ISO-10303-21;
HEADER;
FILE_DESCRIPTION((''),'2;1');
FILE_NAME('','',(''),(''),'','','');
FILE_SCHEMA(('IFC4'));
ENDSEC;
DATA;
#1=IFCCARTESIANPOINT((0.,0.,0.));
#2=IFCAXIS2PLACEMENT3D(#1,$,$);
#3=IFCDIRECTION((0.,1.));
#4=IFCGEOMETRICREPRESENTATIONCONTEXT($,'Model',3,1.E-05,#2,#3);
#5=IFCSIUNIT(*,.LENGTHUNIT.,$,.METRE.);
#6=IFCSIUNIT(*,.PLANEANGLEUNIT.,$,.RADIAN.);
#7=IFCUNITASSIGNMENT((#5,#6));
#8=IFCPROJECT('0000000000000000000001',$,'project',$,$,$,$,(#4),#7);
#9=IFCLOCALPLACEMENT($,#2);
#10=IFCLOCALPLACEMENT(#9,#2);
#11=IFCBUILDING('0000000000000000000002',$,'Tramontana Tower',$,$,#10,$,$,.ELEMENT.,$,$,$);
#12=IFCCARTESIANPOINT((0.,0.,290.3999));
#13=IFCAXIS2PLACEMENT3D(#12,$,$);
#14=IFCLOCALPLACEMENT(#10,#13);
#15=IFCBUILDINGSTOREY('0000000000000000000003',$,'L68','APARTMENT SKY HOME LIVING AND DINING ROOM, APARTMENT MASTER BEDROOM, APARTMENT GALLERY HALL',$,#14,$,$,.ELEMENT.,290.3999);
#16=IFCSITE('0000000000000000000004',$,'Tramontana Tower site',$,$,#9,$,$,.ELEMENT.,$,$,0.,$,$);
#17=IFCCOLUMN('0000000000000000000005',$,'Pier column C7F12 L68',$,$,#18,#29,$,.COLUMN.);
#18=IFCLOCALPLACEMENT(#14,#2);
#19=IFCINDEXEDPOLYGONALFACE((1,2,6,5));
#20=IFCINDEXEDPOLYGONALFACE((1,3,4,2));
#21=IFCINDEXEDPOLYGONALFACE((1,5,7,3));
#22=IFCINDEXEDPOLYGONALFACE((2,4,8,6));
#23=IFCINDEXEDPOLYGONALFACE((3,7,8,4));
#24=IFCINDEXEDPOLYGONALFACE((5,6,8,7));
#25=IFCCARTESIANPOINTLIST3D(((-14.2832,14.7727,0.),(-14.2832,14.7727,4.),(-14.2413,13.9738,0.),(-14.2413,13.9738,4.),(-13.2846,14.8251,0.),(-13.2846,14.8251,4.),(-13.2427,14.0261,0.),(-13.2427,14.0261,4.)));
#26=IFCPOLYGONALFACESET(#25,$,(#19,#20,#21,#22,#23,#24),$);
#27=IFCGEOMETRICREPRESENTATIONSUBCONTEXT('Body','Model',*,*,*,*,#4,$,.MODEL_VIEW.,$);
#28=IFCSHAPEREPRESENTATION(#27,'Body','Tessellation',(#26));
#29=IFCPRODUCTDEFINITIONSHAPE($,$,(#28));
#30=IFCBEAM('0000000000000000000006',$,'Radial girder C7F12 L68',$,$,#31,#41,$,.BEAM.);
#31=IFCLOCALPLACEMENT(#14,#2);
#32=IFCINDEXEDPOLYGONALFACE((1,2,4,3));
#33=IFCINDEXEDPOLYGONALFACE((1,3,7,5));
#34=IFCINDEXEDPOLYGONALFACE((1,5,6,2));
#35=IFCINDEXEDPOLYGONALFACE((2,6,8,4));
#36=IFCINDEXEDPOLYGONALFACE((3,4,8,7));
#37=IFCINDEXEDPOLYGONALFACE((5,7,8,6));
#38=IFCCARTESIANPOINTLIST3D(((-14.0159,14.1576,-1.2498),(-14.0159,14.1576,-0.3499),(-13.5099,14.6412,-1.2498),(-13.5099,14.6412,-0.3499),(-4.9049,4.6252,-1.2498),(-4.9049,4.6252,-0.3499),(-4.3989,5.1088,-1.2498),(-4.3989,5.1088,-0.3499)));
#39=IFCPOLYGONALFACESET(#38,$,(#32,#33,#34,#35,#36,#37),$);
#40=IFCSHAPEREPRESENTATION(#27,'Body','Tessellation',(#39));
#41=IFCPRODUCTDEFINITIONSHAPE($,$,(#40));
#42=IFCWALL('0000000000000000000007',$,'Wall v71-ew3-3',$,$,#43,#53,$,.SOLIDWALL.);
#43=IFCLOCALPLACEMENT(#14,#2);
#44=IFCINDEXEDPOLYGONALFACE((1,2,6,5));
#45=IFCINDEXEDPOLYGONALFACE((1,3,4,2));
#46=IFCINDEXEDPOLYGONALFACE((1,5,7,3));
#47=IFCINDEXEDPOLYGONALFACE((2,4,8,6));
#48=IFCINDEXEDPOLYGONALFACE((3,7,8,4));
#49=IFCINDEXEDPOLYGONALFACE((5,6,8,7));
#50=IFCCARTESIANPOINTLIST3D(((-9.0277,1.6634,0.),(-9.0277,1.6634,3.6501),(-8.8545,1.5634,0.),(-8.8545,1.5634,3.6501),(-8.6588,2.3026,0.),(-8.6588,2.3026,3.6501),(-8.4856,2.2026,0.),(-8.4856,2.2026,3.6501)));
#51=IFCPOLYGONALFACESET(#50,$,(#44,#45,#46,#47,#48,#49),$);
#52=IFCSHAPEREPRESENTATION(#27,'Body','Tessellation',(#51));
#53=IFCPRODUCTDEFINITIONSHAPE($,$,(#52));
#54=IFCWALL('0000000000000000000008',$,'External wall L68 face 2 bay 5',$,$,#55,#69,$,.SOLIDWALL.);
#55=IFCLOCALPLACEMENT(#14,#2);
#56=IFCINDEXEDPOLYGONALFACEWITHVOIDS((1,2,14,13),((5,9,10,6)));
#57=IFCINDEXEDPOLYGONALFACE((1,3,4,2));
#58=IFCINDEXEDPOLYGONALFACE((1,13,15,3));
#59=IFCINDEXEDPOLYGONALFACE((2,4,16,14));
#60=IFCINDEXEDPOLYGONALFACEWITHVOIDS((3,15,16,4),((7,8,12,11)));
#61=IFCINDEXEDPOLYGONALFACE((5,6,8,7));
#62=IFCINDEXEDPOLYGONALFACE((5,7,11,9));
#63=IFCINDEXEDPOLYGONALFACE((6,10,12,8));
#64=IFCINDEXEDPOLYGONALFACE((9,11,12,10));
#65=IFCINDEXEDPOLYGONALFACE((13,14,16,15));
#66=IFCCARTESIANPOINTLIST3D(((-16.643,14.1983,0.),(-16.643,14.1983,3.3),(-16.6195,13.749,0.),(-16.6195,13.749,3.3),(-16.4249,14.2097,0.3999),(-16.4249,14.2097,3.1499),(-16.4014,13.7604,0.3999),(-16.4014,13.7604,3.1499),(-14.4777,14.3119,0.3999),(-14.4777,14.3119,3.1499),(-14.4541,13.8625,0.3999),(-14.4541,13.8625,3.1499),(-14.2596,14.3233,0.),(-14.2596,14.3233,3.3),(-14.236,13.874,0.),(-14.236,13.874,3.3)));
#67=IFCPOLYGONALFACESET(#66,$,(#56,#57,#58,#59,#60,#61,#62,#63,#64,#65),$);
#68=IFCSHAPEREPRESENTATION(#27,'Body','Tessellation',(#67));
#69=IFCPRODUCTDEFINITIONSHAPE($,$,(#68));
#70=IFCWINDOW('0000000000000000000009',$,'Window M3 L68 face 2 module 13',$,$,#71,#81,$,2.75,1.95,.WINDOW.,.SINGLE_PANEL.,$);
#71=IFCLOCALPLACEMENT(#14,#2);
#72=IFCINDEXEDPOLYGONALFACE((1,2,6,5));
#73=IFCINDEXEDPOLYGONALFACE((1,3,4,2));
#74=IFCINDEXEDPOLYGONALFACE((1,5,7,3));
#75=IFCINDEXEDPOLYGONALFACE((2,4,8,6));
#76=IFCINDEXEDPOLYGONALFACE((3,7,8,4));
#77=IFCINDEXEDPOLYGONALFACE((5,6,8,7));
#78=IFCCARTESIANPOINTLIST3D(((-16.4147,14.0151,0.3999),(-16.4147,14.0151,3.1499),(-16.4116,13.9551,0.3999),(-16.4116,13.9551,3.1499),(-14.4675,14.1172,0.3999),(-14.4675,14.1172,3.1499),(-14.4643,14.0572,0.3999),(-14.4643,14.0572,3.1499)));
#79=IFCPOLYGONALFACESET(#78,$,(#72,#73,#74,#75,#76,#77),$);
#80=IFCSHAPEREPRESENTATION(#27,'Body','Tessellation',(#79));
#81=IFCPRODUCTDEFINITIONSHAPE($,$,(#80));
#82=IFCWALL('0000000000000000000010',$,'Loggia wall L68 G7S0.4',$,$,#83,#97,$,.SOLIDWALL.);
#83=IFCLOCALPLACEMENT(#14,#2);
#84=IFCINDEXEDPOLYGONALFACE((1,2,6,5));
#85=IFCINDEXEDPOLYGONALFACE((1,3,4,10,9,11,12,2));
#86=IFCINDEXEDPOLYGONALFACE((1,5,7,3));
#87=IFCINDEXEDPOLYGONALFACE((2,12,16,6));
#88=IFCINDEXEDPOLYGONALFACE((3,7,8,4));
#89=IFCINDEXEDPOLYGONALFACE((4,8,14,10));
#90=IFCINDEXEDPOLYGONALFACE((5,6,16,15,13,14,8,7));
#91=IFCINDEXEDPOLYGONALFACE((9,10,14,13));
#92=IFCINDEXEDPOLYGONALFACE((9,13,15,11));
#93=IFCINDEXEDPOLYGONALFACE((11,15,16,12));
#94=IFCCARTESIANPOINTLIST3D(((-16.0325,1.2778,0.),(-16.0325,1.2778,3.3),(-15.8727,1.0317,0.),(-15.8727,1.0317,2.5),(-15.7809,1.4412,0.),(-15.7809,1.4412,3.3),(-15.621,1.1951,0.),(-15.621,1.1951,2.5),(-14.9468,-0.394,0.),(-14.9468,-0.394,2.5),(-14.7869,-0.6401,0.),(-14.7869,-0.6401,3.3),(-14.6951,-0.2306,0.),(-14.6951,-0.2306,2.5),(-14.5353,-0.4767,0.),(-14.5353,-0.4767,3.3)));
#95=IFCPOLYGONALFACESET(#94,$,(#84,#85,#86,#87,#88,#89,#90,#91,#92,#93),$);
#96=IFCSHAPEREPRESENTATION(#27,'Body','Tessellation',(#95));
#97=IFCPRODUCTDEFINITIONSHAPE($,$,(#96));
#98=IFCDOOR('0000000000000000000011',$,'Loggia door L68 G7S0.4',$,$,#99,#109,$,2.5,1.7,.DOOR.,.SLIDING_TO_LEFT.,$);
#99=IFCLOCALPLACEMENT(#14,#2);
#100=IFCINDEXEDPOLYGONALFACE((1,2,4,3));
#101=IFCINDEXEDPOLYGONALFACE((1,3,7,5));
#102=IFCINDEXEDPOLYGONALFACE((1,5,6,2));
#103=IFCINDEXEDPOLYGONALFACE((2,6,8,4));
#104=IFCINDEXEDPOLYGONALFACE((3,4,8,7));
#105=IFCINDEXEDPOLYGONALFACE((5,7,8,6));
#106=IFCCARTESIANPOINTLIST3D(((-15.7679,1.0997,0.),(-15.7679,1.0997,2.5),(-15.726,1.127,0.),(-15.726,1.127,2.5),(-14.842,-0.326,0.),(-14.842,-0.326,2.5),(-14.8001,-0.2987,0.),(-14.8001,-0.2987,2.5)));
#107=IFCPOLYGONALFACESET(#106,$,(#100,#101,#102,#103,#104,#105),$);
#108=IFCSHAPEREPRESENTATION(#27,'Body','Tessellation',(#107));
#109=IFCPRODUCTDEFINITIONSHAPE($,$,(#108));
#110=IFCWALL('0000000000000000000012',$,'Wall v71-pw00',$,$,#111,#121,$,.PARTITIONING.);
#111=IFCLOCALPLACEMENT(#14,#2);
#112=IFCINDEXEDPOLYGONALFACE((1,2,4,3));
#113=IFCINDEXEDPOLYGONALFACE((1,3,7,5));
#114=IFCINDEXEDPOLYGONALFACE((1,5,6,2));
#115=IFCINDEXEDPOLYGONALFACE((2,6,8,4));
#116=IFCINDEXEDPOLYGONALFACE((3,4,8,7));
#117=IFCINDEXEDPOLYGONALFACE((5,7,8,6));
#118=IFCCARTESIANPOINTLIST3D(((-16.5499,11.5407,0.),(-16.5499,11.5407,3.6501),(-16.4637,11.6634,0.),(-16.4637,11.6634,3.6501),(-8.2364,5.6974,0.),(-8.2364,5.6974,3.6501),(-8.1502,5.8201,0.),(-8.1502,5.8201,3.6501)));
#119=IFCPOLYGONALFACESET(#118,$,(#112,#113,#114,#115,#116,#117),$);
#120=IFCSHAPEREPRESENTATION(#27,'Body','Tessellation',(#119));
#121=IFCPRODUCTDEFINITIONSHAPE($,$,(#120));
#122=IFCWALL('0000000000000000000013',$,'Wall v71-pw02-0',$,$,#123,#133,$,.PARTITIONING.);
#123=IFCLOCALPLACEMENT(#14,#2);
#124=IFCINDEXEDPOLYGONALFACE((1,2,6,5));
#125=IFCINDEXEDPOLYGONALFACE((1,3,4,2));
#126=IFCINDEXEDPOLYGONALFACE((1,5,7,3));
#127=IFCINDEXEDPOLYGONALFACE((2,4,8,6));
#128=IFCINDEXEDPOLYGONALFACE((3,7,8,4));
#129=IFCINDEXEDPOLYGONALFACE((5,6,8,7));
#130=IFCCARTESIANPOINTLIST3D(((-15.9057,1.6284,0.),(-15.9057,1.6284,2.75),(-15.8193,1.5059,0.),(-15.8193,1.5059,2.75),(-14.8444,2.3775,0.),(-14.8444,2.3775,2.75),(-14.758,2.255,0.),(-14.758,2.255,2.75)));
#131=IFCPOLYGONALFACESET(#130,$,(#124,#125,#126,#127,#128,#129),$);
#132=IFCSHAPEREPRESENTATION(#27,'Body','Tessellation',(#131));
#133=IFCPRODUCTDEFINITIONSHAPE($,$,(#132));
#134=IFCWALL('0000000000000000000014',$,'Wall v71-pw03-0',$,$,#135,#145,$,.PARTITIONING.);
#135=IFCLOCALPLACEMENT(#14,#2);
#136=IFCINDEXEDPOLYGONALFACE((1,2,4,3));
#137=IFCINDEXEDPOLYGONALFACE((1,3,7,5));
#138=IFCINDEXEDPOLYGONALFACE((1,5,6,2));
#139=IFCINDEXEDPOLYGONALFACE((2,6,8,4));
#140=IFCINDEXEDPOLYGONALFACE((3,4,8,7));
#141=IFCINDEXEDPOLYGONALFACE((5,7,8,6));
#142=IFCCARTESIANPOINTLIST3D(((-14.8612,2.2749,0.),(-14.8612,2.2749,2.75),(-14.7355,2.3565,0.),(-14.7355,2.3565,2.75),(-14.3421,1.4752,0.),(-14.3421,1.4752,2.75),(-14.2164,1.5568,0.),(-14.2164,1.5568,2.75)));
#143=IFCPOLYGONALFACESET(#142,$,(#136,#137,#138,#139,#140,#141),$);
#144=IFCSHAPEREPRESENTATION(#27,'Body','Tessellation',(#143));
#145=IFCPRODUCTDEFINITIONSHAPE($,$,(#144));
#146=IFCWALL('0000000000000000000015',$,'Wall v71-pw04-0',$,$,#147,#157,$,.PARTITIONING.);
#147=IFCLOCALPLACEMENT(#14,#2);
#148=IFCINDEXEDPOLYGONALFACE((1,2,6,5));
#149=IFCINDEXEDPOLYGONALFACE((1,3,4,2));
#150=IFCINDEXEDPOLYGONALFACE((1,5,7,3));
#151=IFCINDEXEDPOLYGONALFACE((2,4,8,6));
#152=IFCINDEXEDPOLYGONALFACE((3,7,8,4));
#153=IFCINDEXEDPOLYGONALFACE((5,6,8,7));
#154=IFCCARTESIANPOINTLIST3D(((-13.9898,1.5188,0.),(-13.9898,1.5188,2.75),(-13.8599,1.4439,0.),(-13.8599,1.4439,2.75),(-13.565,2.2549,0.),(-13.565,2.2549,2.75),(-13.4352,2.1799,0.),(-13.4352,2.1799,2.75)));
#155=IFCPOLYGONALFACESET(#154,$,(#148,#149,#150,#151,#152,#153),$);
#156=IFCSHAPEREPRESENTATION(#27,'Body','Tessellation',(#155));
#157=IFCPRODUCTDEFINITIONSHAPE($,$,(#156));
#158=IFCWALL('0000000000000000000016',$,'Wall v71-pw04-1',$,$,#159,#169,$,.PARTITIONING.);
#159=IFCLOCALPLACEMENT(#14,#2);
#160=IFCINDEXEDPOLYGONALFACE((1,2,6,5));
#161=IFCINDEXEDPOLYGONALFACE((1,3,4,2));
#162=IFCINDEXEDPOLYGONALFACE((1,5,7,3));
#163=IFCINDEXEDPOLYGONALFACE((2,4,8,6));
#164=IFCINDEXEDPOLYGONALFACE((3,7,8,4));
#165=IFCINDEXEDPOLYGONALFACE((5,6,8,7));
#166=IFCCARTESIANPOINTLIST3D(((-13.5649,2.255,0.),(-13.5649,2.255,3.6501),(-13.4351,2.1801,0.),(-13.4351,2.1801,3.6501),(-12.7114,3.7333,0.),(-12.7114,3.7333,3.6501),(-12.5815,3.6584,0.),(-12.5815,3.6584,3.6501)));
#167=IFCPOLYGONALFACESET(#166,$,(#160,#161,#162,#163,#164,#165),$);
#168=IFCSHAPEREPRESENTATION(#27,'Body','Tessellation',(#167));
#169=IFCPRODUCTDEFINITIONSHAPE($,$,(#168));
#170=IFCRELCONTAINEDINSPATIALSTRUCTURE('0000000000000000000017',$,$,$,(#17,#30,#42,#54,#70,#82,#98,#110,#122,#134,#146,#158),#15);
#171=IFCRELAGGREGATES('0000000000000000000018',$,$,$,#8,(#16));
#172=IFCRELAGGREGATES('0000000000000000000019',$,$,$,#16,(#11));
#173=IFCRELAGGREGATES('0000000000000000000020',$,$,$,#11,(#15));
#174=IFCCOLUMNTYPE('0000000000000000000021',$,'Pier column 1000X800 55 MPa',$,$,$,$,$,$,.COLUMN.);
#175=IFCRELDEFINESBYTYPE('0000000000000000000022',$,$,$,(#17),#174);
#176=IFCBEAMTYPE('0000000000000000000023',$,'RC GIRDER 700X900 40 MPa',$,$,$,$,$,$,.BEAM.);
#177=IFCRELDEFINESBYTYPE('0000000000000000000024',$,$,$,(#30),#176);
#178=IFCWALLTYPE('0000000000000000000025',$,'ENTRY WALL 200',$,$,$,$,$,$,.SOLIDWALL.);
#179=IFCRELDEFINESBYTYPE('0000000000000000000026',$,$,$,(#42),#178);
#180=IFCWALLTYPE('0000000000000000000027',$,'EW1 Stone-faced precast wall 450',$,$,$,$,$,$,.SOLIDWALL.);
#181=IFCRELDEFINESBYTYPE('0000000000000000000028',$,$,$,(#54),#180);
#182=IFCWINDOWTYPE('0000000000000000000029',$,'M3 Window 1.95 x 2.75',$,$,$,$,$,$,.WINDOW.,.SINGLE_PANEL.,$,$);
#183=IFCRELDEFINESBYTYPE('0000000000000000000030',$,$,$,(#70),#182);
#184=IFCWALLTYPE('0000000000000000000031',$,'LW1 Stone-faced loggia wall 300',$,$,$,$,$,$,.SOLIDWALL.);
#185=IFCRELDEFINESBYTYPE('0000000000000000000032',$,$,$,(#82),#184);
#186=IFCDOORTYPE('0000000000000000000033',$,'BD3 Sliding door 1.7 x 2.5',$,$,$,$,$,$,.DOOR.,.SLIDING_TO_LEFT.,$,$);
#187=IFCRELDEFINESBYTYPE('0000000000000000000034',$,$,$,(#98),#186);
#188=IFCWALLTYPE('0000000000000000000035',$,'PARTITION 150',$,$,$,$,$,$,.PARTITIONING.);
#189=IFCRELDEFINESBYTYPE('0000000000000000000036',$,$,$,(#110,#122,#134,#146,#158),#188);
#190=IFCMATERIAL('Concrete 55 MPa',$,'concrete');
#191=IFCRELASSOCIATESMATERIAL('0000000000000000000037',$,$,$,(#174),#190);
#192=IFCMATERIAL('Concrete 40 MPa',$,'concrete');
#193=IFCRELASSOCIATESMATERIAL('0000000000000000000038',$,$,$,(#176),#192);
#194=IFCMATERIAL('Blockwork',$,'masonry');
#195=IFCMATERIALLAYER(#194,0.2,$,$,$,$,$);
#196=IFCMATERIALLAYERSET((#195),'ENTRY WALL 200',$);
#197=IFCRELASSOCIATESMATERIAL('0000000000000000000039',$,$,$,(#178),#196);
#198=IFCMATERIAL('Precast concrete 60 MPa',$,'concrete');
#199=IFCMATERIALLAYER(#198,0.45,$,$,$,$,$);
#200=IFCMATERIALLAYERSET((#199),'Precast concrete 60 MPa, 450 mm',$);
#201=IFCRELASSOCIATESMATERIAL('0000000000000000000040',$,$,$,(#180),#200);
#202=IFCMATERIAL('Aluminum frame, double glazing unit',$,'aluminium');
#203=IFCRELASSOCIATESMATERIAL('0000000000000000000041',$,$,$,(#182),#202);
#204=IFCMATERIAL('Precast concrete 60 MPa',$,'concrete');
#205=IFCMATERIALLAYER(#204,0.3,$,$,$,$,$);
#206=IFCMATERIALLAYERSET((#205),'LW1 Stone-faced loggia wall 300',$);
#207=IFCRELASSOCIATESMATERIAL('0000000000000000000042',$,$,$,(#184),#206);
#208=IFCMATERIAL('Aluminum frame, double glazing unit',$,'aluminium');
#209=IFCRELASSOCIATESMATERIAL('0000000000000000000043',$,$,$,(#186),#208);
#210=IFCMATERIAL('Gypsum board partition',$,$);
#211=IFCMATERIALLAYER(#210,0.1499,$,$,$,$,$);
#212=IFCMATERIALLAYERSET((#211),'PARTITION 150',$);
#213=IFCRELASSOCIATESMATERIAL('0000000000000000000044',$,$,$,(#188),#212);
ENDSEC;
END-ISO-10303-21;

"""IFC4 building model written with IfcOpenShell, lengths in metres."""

from ifc_helpers import new_model, si_unit, direction, frame, frame_2d, origin, origin_2d, place, context, subcontext, project, spatial, rectangle, extrude, material, layer, layer_set, material_profile, profile_set, type_object, element, fill, save


model = new_model("IFC4")

# Units and contexts
model_context = context("Model", 3, precision=1e-05, world=origin(), true_north=direction((0.0, 1.0)))
body_context = subcontext(model_context, "Body", "Model", "MODEL_VIEW")
ifc_project = project(units=[si_unit("LENGTHUNIT", "METRE"), si_unit("PLANEANGLEUNIT", "RADIAN")], contexts=[model_context])

# Site, building, storey
site_placement = place(None, origin())
site = spatial("IfcSite", under=ifc_project, at=site_placement, Name="Tramontana Tower site", CompositionType="ELEMENT", RefElevation=0.0)
building_placement = place(site_placement, origin())
building = spatial("IfcBuilding", under=site, at=building_placement, Name="Tramontana Tower", CompositionType="ELEMENT")
storey_placement = place(building_placement, frame((0.0, 0.0, 290.3999)))
storey = spatial("IfcBuildingStorey", under=building, at=storey_placement, Name="L68", Description="APARTMENT SKY HOME LIVING AND DINING ROOM, APARTMENT MASTER BEDROOM, APARTMENT GALLERY HALL", CompositionType="ELEMENT", Elevation=290.3999)

# Column
ifc_material_1 = material(Name="Concrete 55 MPa", Category="concrete")
ifc_material_profile_1 = material_profile(ifc_material_1, rectangle(XDim=1.0, YDim=0.8, at=origin_2d()), Name="Pier column 1000X800 55 MPa")
ifc_profile_set_1 = profile_set([ifc_material_profile_1], Name="Concrete 55 MPa")
column_type = type_object("IfcColumnType", Name="Pier column 1000X800 55 MPa", PredefinedType="COLUMN", material=ifc_profile_set_1)
column_placement = place(storey_placement, frame((-13.7629, 14.3994, 0.0), z_axis=(0.0, 0.0, 1.0), x_axis=(-0.99863, -0.052336, 0.0)))
element("IfcColumn", 1, at=column_placement, inside=storey, type_object=column_type, Name="Pier column C7F12 L68", PredefinedType="COLUMN", context=body_context, shape_type="SweptSolid", body=[
    extrude(rectangle(XDim=1.0, YDim=0.8, at=origin_2d()), origin(), (0.0, 0.0, 1.0), 4.0),
])

# Beam
ifc_material_2 = material(Name="Concrete 40 MPa", Category="concrete")
ifc_material_profile_2 = material_profile(ifc_material_2, rectangle(XDim=0.7, YDim=0.8999, at=origin_2d()), Name="RC GIRDER 700X900 40 MPa")
ifc_profile_set_2 = profile_set([ifc_material_profile_2], Name="Concrete 40 MPa")
beam_type = type_object("IfcBeamType", Name="RC GIRDER 700X900 40 MPa", PredefinedType="BEAM", material=ifc_profile_set_2)
beam_placement = place(storey_placement, frame((-13.7629, 14.3994, -0.7998), z_axis=(0.690948, -0.722904, 0.0), x_axis=(0.722904, 0.690948, 0.0)))
element("IfcBeam", 2, at=beam_placement, inside=storey, type_object=beam_type, Name="Radial girder C7F12 L68", PredefinedType="BEAM", context=body_context, shape_type="SweptSolid", body=[
    extrude(rectangle(XDim=0.7, YDim=0.8999, at=origin_2d()), origin(), (0.0, 0.0, 1.0), 13.1863),
])

# Wall
ifc_material_3 = material(Name="Blockwork", Category="masonry")
ifc_layer_1 = layer(ifc_material_3, 0.2)
ifc_layer_set_1 = layer_set([ifc_layer_1], Name="ENTRY WALL 200")
wall_type_1 = type_object("IfcWallType", Name="ENTRY WALL 200", PredefinedType="SOLIDWALL", material=ifc_layer_set_1)
wall_1_placement = place(storey_placement, frame((-8.9412, 1.6133, 0.0), z_axis=(0.0, 0.0, 1.0), x_axis=(0.499875, 0.866097, 0.0)))
element("IfcWall", 3, at=wall_1_placement, inside=storey, type_object=wall_type_1, Name="Wall v71-ew3-3", PredefinedType="SOLIDWALL", context=body_context, shape_type="SweptSolid", body=[
    extrude(rectangle(XDim=0.738, YDim=0.2, at=frame_2d((0.3691, 0.0))), origin(), (0.0, 0.0, 1.0), 3.6501),
])

# Wall, opening, window
ifc_material_4 = material(Name="Precast concrete 60 MPa", Category="concrete")
ifc_layer_2 = layer(ifc_material_4, 0.45)
ifc_layer_set_2 = layer_set([ifc_layer_2], Name="Precast concrete 60 MPa, 450 mm")
wall_type_2 = type_object("IfcWallType", Name="EW1 Stone-faced precast wall 450", PredefinedType="SOLIDWALL", material=ifc_layer_set_2)
wall_2_placement = place(storey_placement, frame((-14.2478, 14.0986, 0.0), z_axis=(0.0, 0.0, 1.0), x_axis=(-0.998628, -0.052371, 0.0)))
wall_2 = element("IfcWall", 4, at=wall_2_placement, inside=storey, type_object=wall_type_2, Name="External wall L68 face 2 bay 5", PredefinedType="SOLIDWALL", context=body_context, shape_type="SweptSolid", body=[
    extrude(rectangle(XDim=2.3867, YDim=0.45, at=frame_2d((1.1934, 0.0))), origin(), (0.0, 0.0, 1.0), 3.3),
])
opening_1_placement = place(wall_2_placement, frame((0.2183, 0.0, 0.3999)))
opening_1 = element("IfcOpeningElement", 5, at=opening_1_placement, cuts=wall_2, PredefinedType="OPENING", context=body_context, shape_type="SweptSolid", body=[
    extrude(rectangle(XDim=1.95, YDim=2.75, at=frame_2d((0.9751, 1.375))), frame((0.0, 0.2349, 0.0), z_axis=(0.0, -1.0, 0.0), x_axis=(1.0, 0.0, 0.0)), (0.0, 0.0, 1.0), 0.47),
])
ifc_material_5 = material(Name="Aluminum frame, double glazing unit", Category="aluminium")
window_type = type_object("IfcWindowType", Name="M3 Window 1.95 x 2.75", PartitioningType="SINGLE_PANEL", PredefinedType="WINDOW", material=ifc_material_5)
window_placement = place(opening_1_placement, origin())
window = element("IfcWindow", 6, at=window_placement, inside=storey, type_object=window_type, Name="Window M3 L68 face 2 module 13", OverallHeight=2.75, OverallWidth=1.95, PartitioningType="SINGLE_PANEL", PredefinedType="WINDOW", context=body_context, shape_type="SweptSolid", body=[
    extrude(rectangle(XDim=1.95, YDim=2.75, at=frame_2d((0.9751, 1.375))), frame((0.0, 0.03, 0.0), z_axis=(0.0, -1.0, 0.0), x_axis=(1.0, 0.0, 0.0)), (0.0, 0.0, 1.0), 0.0601),
])
fill(opening_1, window)

# Wall, opening, door
ifc_material_6 = material(Name="Precast concrete 60 MPa", Category="concrete")
ifc_layer_3 = layer(ifc_material_6, 0.3)
ifc_layer_set_3 = layer_set([ifc_layer_3], Name="LW1 Stone-faced loggia wall 300")
wall_type_3 = type_object("IfcWallType", Name="LW1 Stone-faced loggia wall 300", PredefinedType="SOLIDWALL", material=ifc_layer_set_3)
wall_3_placement = place(storey_placement, frame((-15.9067, 1.3596, 0.0), z_axis=(0.0, 0.0, 1.0), x_axis=(0.544658, -0.838658, 0.0)))
wall_3 = element("IfcWall", 7, at=wall_3_placement, inside=storey, type_object=wall_type_3, Name="Loggia wall L68 G7S0.4", PredefinedType="SOLIDWALL", context=body_context, shape_type="SweptSolid", body=[
    extrude(rectangle(XDim=2.2869, YDim=0.3, at=frame_2d((1.1436, 0.0))), origin(), (0.0, 0.0, 1.0), 3.3),
])
opening_2_placement = place(wall_3_placement, frame((0.2935, 0.0, 0.0)))
opening_2 = element("IfcOpeningElement", 8, at=opening_2_placement, cuts=wall_3, PredefinedType="OPENING", context=body_context, shape_type="SweptSolid", body=[
    extrude(rectangle(XDim=1.7, YDim=2.5, at=frame_2d((0.8501, 1.25))), frame((0.0, 0.1599, 0.0), z_axis=(0.0, -1.0, 0.0), x_axis=(1.0, 0.0, 0.0)), (0.0, 0.0, 1.0), 0.3201),
])
ifc_material_7 = material(Name="Aluminum frame, double glazing unit", Category="aluminium")
door_type_1 = type_object("IfcDoorType", Name="BD3 Sliding door 1.7 x 2.5", OperationType="SLIDING_TO_LEFT", PredefinedType="DOOR", material=ifc_material_7)
door_1_placement = place(opening_2_placement, origin())
door_1 = element("IfcDoor", 9, at=door_1_placement, inside=storey, type_object=door_type_1, Name="Loggia door L68 G7S0.4", OperationType="SLIDING_TO_LEFT", OverallHeight=2.5, OverallWidth=1.7, PredefinedType="DOOR", context=body_context, shape_type="SweptSolid", body=[
    extrude(rectangle(XDim=1.7, YDim=2.5, at=frame_2d((0.8501, 1.25))), frame((0.0, 0.0249, 0.0), z_axis=(0.0, -1.0, 0.0), x_axis=(1.0, 0.0, 0.0)), (0.0, 0.0, 1.0), 0.05),
])
fill(opening_2, door_1)

# Walls
ifc_material_8 = material(Name="Gypsum board partition")
ifc_layer_4 = layer(ifc_material_8, 0.1499)
ifc_layer_set_4 = layer_set([ifc_layer_4], Name="PARTITION 150")
wall_type_4 = type_object("IfcWallType", Name="PARTITION 150", PredefinedType="PARTITIONING", material=ifc_layer_set_4)
wall_4_placement = place(storey_placement, frame((-16.5068, 11.6021, 0.0), z_axis=(0.0, 0.0, 1.0), x_axis=(0.818129, -0.575035, 0.0)))
element("IfcWall", 10, at=wall_4_placement, inside=storey, type_object=wall_type_4, Name="Wall v71-pw00", PredefinedType="PARTITIONING", context=body_context, shape_type="SweptSolid", body=[
    extrude(rectangle(XDim=10.1616, YDim=0.1499, at=frame_2d((5.0808, 0.0))), origin(), (0.0, 0.0, 1.0), 3.6501),
])
wall_5_placement = place(storey_placement, frame((-14.8013, 2.3162, 0.0), z_axis=(0.0, 0.0, 1.0), x_axis=(-0.81701, -0.576624, 0.0)))
element("IfcWall", 11, at=wall_5_placement, inside=storey, type_object=wall_type_4, Name="Wall v71-pw02-0", PredefinedType="PARTITIONING", context=body_context, shape_type="SweptSolid", body=[
    extrude(rectangle(XDim=1.2991, YDim=0.1499, at=frame_2d((0.6494, 0.0))), origin(), (0.0, 0.0, 1.0), 2.75),
])
wall_6_placement = place(storey_placement, frame((-14.2793, 1.5161, 0.0), z_axis=(0.0, 0.0, 1.0), x_axis=(-0.544493, 0.838765, 0.0)))
element("IfcWall", 12, at=wall_6_placement, inside=storey, type_object=wall_type_4, Name="Wall v71-pw03-0", PredefinedType="PARTITIONING", context=body_context, shape_type="SweptSolid", body=[
    extrude(rectangle(XDim=0.9534, YDim=0.1499, at=frame_2d((0.4766, 0.0))), origin(), (0.0, 0.0, 1.0), 2.75),
])
wall_7_placement = place(storey_placement, frame((-13.9248, 1.4814, 0.0), z_axis=(0.0, 0.0, 1.0), x_axis=(0.499847, 0.866114, 0.0)))
element("IfcWall", 13, at=wall_7_placement, inside=storey, type_object=wall_type_4, Name="Wall v71-pw04-0", PredefinedType="PARTITIONING", context=body_context, shape_type="SweptSolid", body=[
    extrude(rectangle(XDim=0.8499, YDim=0.1499, at=frame_2d((0.4248, 0.0))), origin(), (0.0, 0.0, 1.0), 2.75),
])
wall_8_placement = place(storey_placement, frame((-13.5, 2.2175, 0.0), z_axis=(0.0, 0.0, 1.0), x_axis=(0.500015, 0.866016, 0.0)))
element("IfcWall", 14, at=wall_8_placement, inside=storey, type_object=wall_type_4, Name="Wall v71-pw04-1", PredefinedType="PARTITIONING", context=body_context, shape_type="SweptSolid", body=[
    extrude(rectangle(XDim=1.707, YDim=0.1499, at=frame_2d((0.8535, 0.0))), origin(), (0.0, 0.0, 1.0), 3.6501),
])

save(model, "model.ifc")
